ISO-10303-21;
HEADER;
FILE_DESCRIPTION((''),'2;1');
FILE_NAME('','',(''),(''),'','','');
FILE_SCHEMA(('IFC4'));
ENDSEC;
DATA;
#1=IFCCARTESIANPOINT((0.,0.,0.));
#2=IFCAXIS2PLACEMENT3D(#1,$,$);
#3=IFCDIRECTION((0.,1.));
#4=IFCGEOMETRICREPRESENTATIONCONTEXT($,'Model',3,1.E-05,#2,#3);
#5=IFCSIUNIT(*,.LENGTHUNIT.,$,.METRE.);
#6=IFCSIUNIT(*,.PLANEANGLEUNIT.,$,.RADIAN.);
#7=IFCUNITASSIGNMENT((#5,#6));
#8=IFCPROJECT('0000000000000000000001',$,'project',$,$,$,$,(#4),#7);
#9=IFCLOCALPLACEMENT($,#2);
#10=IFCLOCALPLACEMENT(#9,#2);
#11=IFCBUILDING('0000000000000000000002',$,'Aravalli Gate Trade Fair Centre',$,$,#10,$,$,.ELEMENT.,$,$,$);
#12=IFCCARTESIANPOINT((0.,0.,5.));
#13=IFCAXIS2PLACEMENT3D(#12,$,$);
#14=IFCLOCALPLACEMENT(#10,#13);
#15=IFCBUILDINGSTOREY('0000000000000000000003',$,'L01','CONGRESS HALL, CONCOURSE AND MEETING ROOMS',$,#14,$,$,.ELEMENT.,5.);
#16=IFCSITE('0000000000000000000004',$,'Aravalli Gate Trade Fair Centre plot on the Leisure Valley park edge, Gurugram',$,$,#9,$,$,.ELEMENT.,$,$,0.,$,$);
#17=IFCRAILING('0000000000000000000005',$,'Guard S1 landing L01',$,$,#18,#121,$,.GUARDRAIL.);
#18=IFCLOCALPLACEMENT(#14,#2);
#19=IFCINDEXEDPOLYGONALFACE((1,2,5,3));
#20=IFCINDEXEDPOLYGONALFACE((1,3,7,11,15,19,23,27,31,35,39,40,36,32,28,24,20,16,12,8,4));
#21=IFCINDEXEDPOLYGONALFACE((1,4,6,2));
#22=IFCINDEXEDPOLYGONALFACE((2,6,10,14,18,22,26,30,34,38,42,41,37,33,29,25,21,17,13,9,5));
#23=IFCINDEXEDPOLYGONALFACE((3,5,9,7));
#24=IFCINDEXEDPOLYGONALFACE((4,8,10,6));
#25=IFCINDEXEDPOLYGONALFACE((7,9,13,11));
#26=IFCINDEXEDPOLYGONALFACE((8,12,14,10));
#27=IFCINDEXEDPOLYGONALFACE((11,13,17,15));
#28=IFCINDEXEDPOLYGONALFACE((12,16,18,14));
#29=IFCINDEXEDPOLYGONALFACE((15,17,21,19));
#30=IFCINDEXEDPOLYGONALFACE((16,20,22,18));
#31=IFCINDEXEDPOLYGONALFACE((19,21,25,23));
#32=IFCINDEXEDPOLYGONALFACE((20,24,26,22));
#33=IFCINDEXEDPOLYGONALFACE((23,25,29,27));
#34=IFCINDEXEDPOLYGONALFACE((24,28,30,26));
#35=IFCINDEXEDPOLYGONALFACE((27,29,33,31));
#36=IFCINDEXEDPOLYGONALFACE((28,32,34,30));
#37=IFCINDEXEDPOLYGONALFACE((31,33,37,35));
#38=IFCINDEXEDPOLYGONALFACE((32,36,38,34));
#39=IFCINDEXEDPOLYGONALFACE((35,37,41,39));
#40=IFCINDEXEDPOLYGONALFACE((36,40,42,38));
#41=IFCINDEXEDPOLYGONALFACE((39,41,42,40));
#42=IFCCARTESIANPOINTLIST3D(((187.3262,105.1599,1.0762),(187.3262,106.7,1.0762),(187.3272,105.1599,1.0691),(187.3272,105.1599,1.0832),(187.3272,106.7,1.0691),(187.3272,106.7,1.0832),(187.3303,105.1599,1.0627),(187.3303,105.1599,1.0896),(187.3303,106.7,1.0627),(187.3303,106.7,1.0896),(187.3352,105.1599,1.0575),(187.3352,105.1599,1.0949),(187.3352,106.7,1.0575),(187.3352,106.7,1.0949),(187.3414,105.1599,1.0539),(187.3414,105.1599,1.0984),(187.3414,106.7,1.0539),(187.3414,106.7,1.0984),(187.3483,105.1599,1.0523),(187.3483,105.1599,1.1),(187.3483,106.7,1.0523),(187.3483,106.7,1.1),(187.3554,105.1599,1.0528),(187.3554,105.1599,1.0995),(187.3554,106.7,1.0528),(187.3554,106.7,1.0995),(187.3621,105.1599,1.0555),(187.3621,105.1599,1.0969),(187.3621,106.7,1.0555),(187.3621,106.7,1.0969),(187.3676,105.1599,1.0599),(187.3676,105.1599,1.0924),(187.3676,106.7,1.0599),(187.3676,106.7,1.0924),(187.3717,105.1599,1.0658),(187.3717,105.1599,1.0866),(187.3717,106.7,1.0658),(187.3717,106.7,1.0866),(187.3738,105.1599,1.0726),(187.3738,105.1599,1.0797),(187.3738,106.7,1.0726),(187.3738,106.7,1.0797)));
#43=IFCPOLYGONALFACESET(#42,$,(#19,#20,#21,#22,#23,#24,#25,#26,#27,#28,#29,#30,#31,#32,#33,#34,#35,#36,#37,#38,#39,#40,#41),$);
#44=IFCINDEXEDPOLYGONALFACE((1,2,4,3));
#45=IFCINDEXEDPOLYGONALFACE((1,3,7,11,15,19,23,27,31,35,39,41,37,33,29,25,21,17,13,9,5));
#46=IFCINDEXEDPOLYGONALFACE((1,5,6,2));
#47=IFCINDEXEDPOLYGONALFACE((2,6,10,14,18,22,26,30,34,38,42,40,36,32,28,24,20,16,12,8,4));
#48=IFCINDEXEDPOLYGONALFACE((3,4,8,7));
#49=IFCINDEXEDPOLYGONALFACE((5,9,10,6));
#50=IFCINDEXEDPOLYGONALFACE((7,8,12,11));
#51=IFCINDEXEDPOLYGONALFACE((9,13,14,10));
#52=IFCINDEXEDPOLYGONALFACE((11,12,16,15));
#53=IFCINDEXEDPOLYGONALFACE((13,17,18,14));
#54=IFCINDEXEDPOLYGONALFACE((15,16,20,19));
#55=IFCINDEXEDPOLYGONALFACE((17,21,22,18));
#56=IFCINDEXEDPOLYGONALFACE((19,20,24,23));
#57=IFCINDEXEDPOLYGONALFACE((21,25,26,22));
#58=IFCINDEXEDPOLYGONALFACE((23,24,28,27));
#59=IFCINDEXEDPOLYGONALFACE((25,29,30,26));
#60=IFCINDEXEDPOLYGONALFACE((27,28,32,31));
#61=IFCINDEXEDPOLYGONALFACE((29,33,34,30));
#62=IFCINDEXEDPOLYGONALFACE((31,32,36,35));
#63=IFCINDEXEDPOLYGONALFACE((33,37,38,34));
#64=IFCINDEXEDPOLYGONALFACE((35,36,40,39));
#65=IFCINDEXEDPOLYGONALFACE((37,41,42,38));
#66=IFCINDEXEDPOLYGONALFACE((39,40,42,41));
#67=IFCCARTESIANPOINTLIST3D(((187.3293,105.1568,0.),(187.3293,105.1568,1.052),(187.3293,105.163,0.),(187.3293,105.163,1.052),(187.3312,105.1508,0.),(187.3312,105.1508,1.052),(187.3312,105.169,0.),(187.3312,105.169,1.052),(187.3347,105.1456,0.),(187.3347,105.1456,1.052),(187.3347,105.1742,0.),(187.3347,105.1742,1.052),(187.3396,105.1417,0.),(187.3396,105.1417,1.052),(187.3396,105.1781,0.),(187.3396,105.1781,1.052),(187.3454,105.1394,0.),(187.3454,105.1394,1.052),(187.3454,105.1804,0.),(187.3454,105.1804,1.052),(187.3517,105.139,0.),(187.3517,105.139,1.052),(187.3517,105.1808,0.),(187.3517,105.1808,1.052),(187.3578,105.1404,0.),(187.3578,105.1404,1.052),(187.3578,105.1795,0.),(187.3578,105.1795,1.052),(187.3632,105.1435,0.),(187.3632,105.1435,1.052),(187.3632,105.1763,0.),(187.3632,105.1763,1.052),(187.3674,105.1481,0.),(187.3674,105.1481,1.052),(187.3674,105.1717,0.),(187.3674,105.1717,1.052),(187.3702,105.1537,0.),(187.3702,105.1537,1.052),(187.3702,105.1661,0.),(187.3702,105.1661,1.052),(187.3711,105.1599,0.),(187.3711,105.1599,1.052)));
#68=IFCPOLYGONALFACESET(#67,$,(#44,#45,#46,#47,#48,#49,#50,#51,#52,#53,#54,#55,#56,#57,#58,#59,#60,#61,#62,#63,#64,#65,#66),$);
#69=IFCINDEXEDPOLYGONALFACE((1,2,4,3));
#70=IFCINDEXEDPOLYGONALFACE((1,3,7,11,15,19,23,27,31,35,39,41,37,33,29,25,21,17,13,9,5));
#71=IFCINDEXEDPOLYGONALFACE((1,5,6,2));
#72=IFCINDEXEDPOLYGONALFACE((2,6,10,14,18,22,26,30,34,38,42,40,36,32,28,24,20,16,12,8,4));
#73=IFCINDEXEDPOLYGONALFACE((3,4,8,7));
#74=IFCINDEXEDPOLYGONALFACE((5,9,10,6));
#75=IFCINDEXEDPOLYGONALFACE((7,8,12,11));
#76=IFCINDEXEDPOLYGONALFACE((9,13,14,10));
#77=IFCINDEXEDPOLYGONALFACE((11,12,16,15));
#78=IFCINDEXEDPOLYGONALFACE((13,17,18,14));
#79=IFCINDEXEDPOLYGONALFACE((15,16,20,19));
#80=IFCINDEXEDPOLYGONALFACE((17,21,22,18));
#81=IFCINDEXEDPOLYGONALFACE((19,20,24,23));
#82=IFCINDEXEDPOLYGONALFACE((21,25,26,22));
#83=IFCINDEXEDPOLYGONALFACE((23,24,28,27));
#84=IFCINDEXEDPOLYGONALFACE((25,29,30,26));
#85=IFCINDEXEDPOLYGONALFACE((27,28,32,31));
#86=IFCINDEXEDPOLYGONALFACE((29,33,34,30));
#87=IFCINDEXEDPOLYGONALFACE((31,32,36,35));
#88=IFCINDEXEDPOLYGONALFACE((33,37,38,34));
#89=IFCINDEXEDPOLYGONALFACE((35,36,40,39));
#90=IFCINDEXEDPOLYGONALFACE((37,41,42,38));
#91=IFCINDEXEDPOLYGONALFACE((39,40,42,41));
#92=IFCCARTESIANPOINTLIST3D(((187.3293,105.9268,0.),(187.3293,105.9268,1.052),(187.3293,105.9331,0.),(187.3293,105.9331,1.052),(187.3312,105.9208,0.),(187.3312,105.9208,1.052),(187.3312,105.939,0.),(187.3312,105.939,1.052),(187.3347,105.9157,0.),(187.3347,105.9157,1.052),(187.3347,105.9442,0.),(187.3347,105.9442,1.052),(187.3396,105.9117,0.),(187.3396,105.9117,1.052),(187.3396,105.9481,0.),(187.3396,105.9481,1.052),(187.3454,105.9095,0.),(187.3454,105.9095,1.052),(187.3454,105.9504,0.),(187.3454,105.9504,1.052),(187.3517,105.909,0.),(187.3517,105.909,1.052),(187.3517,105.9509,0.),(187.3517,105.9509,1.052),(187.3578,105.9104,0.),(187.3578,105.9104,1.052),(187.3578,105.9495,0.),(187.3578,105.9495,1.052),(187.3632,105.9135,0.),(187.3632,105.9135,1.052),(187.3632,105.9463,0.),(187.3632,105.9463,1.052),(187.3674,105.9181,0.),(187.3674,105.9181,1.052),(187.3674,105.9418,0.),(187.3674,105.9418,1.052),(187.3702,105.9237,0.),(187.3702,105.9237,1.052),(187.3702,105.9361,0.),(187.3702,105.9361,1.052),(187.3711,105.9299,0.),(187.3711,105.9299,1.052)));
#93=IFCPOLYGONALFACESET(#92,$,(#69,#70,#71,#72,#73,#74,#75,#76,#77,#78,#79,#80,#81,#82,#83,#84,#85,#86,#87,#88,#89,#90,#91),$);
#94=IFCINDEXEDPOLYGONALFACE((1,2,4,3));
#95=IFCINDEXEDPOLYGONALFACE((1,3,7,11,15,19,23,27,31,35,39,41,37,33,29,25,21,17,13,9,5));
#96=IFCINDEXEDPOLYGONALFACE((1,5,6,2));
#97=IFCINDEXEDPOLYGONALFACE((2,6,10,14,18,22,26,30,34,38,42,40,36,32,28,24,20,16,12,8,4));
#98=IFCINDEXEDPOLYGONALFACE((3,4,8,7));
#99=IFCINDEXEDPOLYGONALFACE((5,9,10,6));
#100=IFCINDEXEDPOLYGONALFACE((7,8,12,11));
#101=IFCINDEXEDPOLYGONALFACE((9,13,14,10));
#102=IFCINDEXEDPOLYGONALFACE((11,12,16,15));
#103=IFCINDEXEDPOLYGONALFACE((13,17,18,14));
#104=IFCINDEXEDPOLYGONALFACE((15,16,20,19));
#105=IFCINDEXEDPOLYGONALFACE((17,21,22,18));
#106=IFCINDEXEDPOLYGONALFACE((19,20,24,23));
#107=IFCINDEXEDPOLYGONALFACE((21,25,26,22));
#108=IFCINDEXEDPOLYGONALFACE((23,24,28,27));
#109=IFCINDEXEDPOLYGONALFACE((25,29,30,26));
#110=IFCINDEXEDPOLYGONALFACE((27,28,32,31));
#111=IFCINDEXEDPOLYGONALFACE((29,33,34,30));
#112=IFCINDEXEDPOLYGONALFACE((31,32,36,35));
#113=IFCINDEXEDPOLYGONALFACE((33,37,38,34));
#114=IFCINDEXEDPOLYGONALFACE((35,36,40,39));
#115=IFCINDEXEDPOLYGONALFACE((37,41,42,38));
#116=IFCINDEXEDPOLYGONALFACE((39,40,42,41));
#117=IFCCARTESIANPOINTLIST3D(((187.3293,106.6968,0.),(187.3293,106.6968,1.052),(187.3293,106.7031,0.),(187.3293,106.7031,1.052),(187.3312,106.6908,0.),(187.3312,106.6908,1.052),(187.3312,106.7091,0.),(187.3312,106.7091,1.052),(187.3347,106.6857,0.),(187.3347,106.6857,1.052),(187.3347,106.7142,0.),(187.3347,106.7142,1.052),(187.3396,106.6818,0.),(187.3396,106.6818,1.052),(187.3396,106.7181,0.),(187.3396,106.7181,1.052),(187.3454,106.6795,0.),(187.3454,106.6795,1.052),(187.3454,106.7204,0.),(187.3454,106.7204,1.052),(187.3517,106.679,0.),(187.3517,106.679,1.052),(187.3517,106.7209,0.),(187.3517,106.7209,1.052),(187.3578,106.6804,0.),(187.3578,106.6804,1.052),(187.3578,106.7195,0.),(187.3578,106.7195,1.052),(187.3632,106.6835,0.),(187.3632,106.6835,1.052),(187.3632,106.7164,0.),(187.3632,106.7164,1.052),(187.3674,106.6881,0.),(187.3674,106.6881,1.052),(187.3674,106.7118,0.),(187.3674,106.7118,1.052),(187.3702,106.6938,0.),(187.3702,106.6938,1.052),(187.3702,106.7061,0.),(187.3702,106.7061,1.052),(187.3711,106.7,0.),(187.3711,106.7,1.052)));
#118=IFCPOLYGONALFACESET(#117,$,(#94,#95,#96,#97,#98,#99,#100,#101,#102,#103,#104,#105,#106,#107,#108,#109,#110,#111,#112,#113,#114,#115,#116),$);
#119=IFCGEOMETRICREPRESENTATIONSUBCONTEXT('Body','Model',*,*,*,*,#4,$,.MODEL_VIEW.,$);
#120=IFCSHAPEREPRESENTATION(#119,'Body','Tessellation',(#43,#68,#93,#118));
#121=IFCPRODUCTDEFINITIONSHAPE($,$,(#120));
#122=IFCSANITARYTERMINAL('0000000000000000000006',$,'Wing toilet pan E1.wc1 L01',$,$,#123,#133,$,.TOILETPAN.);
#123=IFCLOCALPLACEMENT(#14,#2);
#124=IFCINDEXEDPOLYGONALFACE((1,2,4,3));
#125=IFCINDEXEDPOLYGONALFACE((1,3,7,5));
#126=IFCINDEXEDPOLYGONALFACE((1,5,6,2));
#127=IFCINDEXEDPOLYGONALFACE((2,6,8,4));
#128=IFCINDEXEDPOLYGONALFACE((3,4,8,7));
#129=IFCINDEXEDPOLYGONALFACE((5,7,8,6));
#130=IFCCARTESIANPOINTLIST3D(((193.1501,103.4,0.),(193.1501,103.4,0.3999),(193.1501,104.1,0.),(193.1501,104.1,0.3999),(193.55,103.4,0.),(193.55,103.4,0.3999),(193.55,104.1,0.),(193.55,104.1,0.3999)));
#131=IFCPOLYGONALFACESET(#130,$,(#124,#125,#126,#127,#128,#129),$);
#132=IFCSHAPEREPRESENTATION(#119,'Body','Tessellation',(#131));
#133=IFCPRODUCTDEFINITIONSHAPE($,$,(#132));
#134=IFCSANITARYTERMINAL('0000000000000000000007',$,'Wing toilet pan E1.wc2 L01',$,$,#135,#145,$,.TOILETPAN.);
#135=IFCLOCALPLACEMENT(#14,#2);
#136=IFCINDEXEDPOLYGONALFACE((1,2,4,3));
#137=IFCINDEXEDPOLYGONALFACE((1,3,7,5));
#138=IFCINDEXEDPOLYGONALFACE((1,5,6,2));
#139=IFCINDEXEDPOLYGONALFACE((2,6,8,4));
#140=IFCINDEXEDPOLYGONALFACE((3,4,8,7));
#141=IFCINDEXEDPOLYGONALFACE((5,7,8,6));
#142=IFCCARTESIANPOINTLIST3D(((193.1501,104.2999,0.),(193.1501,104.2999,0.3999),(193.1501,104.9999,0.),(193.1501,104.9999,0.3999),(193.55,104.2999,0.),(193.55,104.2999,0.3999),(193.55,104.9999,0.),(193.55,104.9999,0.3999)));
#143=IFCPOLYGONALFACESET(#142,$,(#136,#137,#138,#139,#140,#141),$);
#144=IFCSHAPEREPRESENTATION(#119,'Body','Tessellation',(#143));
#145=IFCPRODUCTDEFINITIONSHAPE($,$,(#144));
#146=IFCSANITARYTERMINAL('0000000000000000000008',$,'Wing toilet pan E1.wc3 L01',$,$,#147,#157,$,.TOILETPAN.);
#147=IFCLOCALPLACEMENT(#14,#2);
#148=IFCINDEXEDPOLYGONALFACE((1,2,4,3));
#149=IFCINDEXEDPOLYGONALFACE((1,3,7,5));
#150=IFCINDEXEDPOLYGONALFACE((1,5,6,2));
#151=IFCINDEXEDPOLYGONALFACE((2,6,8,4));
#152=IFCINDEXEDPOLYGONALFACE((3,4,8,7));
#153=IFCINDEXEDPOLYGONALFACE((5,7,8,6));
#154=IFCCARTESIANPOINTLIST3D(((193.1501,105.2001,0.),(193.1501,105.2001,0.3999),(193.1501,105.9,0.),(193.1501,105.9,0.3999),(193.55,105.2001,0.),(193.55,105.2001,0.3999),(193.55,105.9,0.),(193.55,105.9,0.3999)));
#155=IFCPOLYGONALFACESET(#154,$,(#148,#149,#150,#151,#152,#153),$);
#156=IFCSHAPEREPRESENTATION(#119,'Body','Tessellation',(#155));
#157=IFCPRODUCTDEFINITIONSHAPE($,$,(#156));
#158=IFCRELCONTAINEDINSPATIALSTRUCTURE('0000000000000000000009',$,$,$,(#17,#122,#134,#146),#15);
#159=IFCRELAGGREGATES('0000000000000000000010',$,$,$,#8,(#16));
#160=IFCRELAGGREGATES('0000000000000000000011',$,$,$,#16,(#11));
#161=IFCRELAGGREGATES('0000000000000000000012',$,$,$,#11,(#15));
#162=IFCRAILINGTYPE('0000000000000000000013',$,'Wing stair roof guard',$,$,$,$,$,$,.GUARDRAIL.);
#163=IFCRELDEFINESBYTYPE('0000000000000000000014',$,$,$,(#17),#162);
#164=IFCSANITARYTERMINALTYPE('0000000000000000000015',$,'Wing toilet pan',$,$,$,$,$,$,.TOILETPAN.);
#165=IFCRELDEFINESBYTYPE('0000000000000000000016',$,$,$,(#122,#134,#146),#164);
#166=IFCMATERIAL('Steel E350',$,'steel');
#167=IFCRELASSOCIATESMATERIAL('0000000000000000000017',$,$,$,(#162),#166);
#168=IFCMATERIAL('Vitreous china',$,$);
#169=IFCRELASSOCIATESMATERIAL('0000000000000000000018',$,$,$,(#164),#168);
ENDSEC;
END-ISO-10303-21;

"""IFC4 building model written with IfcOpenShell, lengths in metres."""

from ifc_helpers import new_model, si_unit, direction, frame, origin, origin_2d, place, context, subcontext, project, spatial, rectangle, circle, extrude, material, type_object, element, save


model = new_model("IFC4")

# Units and contexts
model_context = context("Model", 3, precision=1e-05, world=origin(), true_north=direction((0.0, 1.0)))
body_context = subcontext(model_context, "Body", "Model", "MODEL_VIEW")
ifc_project = project(units=[si_unit("LENGTHUNIT", "METRE"), si_unit("PLANEANGLEUNIT", "RADIAN")], contexts=[model_context])

# Site, building, storey
site_placement = place(None, origin())
site = spatial("IfcSite", under=ifc_project, at=site_placement, Name="Aravalli Gate Trade Fair Centre plot on the Leisure Valley park edge, Gurugram", CompositionType="ELEMENT", RefElevation=0.0)
building_placement = place(site_placement, origin())
building = spatial("IfcBuilding", under=site, at=building_placement, Name="Aravalli Gate Trade Fair Centre", CompositionType="ELEMENT")
storey_placement = place(building_placement, frame((0.0, 0.0, 5.0)))
storey = spatial("IfcBuildingStorey", under=building, at=storey_placement, Name="L01", Description="CONGRESS HALL, CONCOURSE AND MEETING ROOMS", CompositionType="ELEMENT", Elevation=5.0)

# Shared definitions
ifc_material_1 = material(Name="Steel E350", Category="steel")

# Railing
railing_type_1 = type_object("IfcRailingType", Name="Wing stair roof guard", PredefinedType="GUARDRAIL", material=ifc_material_1)
railing_placement = place(storey_placement, frame((187.3501, 105.1599, 0.0)))
element("IfcRailing", 1, at=railing_placement, inside=storey, type_object=railing_type_1, Name="Guard S1 landing L01", PredefinedType="GUARDRAIL", context=body_context, shape_type="SweptSolid", body=[
    extrude(circle(Radius=0.0239, at=origin_2d()), frame((0.0, 0.0, 1.0762), z_axis=(0.0, 1.0, 0.0), x_axis=(-1.0, 0.0, 0.0)), (0.0, 0.0, 1.0), 1.54),
    extrude(circle(Radius=0.021, at=origin_2d()), origin(), (0.0, 0.0, 1.0), 1.052),
    extrude(circle(Radius=0.021, at=origin_2d()), frame((0.0, 0.77, 0.0)), (0.0, 0.0, 1.0), 1.052),
    extrude(circle(Radius=0.021, at=origin_2d()), frame((0.0, 1.54, 0.0)), (0.0, 0.0, 1.0), 1.052),
])

# Sanitary terminals
ifc_material_2 = material(Name="Vitreous china")
sanitary_terminal_type = type_object("IfcSanitaryTerminalType", Name="Wing toilet pan", PredefinedType="TOILETPAN", material=ifc_material_2)
for number, where, z_axis, x_axis, name in (
    (2, (193.3501, 103.75, 0.0), (0.0, 0.0, 1.0), (1.0, 0.0, 0.0), "Wing toilet pan E1.wc1 L01"),
    (3, (193.3501, 104.6499, 0.0), (0.0, 0.0, 1.0), (1.0, 0.0, 0.0), "Wing toilet pan E1.wc2 L01"),
    (4, (193.3501, 105.55, 0.0), (0.0, 0.0, 1.0), (1.0, 0.0, 0.0), "Wing toilet pan E1.wc3 L01"),
):
    element("IfcSanitaryTerminal", number, at=place(storey_placement, frame(where, z_axis=z_axis, x_axis=x_axis)), inside=storey, type_object=sanitary_terminal_type, Name=name, PredefinedType="TOILETPAN", context=body_context, shape_type="SweptSolid", body=[
        extrude(rectangle(XDim=0.3999, YDim=0.7, at=origin_2d()), origin(), (0.0, 0.0, 1.0), 0.3999),
    ])

save(model, "model.ifc")
